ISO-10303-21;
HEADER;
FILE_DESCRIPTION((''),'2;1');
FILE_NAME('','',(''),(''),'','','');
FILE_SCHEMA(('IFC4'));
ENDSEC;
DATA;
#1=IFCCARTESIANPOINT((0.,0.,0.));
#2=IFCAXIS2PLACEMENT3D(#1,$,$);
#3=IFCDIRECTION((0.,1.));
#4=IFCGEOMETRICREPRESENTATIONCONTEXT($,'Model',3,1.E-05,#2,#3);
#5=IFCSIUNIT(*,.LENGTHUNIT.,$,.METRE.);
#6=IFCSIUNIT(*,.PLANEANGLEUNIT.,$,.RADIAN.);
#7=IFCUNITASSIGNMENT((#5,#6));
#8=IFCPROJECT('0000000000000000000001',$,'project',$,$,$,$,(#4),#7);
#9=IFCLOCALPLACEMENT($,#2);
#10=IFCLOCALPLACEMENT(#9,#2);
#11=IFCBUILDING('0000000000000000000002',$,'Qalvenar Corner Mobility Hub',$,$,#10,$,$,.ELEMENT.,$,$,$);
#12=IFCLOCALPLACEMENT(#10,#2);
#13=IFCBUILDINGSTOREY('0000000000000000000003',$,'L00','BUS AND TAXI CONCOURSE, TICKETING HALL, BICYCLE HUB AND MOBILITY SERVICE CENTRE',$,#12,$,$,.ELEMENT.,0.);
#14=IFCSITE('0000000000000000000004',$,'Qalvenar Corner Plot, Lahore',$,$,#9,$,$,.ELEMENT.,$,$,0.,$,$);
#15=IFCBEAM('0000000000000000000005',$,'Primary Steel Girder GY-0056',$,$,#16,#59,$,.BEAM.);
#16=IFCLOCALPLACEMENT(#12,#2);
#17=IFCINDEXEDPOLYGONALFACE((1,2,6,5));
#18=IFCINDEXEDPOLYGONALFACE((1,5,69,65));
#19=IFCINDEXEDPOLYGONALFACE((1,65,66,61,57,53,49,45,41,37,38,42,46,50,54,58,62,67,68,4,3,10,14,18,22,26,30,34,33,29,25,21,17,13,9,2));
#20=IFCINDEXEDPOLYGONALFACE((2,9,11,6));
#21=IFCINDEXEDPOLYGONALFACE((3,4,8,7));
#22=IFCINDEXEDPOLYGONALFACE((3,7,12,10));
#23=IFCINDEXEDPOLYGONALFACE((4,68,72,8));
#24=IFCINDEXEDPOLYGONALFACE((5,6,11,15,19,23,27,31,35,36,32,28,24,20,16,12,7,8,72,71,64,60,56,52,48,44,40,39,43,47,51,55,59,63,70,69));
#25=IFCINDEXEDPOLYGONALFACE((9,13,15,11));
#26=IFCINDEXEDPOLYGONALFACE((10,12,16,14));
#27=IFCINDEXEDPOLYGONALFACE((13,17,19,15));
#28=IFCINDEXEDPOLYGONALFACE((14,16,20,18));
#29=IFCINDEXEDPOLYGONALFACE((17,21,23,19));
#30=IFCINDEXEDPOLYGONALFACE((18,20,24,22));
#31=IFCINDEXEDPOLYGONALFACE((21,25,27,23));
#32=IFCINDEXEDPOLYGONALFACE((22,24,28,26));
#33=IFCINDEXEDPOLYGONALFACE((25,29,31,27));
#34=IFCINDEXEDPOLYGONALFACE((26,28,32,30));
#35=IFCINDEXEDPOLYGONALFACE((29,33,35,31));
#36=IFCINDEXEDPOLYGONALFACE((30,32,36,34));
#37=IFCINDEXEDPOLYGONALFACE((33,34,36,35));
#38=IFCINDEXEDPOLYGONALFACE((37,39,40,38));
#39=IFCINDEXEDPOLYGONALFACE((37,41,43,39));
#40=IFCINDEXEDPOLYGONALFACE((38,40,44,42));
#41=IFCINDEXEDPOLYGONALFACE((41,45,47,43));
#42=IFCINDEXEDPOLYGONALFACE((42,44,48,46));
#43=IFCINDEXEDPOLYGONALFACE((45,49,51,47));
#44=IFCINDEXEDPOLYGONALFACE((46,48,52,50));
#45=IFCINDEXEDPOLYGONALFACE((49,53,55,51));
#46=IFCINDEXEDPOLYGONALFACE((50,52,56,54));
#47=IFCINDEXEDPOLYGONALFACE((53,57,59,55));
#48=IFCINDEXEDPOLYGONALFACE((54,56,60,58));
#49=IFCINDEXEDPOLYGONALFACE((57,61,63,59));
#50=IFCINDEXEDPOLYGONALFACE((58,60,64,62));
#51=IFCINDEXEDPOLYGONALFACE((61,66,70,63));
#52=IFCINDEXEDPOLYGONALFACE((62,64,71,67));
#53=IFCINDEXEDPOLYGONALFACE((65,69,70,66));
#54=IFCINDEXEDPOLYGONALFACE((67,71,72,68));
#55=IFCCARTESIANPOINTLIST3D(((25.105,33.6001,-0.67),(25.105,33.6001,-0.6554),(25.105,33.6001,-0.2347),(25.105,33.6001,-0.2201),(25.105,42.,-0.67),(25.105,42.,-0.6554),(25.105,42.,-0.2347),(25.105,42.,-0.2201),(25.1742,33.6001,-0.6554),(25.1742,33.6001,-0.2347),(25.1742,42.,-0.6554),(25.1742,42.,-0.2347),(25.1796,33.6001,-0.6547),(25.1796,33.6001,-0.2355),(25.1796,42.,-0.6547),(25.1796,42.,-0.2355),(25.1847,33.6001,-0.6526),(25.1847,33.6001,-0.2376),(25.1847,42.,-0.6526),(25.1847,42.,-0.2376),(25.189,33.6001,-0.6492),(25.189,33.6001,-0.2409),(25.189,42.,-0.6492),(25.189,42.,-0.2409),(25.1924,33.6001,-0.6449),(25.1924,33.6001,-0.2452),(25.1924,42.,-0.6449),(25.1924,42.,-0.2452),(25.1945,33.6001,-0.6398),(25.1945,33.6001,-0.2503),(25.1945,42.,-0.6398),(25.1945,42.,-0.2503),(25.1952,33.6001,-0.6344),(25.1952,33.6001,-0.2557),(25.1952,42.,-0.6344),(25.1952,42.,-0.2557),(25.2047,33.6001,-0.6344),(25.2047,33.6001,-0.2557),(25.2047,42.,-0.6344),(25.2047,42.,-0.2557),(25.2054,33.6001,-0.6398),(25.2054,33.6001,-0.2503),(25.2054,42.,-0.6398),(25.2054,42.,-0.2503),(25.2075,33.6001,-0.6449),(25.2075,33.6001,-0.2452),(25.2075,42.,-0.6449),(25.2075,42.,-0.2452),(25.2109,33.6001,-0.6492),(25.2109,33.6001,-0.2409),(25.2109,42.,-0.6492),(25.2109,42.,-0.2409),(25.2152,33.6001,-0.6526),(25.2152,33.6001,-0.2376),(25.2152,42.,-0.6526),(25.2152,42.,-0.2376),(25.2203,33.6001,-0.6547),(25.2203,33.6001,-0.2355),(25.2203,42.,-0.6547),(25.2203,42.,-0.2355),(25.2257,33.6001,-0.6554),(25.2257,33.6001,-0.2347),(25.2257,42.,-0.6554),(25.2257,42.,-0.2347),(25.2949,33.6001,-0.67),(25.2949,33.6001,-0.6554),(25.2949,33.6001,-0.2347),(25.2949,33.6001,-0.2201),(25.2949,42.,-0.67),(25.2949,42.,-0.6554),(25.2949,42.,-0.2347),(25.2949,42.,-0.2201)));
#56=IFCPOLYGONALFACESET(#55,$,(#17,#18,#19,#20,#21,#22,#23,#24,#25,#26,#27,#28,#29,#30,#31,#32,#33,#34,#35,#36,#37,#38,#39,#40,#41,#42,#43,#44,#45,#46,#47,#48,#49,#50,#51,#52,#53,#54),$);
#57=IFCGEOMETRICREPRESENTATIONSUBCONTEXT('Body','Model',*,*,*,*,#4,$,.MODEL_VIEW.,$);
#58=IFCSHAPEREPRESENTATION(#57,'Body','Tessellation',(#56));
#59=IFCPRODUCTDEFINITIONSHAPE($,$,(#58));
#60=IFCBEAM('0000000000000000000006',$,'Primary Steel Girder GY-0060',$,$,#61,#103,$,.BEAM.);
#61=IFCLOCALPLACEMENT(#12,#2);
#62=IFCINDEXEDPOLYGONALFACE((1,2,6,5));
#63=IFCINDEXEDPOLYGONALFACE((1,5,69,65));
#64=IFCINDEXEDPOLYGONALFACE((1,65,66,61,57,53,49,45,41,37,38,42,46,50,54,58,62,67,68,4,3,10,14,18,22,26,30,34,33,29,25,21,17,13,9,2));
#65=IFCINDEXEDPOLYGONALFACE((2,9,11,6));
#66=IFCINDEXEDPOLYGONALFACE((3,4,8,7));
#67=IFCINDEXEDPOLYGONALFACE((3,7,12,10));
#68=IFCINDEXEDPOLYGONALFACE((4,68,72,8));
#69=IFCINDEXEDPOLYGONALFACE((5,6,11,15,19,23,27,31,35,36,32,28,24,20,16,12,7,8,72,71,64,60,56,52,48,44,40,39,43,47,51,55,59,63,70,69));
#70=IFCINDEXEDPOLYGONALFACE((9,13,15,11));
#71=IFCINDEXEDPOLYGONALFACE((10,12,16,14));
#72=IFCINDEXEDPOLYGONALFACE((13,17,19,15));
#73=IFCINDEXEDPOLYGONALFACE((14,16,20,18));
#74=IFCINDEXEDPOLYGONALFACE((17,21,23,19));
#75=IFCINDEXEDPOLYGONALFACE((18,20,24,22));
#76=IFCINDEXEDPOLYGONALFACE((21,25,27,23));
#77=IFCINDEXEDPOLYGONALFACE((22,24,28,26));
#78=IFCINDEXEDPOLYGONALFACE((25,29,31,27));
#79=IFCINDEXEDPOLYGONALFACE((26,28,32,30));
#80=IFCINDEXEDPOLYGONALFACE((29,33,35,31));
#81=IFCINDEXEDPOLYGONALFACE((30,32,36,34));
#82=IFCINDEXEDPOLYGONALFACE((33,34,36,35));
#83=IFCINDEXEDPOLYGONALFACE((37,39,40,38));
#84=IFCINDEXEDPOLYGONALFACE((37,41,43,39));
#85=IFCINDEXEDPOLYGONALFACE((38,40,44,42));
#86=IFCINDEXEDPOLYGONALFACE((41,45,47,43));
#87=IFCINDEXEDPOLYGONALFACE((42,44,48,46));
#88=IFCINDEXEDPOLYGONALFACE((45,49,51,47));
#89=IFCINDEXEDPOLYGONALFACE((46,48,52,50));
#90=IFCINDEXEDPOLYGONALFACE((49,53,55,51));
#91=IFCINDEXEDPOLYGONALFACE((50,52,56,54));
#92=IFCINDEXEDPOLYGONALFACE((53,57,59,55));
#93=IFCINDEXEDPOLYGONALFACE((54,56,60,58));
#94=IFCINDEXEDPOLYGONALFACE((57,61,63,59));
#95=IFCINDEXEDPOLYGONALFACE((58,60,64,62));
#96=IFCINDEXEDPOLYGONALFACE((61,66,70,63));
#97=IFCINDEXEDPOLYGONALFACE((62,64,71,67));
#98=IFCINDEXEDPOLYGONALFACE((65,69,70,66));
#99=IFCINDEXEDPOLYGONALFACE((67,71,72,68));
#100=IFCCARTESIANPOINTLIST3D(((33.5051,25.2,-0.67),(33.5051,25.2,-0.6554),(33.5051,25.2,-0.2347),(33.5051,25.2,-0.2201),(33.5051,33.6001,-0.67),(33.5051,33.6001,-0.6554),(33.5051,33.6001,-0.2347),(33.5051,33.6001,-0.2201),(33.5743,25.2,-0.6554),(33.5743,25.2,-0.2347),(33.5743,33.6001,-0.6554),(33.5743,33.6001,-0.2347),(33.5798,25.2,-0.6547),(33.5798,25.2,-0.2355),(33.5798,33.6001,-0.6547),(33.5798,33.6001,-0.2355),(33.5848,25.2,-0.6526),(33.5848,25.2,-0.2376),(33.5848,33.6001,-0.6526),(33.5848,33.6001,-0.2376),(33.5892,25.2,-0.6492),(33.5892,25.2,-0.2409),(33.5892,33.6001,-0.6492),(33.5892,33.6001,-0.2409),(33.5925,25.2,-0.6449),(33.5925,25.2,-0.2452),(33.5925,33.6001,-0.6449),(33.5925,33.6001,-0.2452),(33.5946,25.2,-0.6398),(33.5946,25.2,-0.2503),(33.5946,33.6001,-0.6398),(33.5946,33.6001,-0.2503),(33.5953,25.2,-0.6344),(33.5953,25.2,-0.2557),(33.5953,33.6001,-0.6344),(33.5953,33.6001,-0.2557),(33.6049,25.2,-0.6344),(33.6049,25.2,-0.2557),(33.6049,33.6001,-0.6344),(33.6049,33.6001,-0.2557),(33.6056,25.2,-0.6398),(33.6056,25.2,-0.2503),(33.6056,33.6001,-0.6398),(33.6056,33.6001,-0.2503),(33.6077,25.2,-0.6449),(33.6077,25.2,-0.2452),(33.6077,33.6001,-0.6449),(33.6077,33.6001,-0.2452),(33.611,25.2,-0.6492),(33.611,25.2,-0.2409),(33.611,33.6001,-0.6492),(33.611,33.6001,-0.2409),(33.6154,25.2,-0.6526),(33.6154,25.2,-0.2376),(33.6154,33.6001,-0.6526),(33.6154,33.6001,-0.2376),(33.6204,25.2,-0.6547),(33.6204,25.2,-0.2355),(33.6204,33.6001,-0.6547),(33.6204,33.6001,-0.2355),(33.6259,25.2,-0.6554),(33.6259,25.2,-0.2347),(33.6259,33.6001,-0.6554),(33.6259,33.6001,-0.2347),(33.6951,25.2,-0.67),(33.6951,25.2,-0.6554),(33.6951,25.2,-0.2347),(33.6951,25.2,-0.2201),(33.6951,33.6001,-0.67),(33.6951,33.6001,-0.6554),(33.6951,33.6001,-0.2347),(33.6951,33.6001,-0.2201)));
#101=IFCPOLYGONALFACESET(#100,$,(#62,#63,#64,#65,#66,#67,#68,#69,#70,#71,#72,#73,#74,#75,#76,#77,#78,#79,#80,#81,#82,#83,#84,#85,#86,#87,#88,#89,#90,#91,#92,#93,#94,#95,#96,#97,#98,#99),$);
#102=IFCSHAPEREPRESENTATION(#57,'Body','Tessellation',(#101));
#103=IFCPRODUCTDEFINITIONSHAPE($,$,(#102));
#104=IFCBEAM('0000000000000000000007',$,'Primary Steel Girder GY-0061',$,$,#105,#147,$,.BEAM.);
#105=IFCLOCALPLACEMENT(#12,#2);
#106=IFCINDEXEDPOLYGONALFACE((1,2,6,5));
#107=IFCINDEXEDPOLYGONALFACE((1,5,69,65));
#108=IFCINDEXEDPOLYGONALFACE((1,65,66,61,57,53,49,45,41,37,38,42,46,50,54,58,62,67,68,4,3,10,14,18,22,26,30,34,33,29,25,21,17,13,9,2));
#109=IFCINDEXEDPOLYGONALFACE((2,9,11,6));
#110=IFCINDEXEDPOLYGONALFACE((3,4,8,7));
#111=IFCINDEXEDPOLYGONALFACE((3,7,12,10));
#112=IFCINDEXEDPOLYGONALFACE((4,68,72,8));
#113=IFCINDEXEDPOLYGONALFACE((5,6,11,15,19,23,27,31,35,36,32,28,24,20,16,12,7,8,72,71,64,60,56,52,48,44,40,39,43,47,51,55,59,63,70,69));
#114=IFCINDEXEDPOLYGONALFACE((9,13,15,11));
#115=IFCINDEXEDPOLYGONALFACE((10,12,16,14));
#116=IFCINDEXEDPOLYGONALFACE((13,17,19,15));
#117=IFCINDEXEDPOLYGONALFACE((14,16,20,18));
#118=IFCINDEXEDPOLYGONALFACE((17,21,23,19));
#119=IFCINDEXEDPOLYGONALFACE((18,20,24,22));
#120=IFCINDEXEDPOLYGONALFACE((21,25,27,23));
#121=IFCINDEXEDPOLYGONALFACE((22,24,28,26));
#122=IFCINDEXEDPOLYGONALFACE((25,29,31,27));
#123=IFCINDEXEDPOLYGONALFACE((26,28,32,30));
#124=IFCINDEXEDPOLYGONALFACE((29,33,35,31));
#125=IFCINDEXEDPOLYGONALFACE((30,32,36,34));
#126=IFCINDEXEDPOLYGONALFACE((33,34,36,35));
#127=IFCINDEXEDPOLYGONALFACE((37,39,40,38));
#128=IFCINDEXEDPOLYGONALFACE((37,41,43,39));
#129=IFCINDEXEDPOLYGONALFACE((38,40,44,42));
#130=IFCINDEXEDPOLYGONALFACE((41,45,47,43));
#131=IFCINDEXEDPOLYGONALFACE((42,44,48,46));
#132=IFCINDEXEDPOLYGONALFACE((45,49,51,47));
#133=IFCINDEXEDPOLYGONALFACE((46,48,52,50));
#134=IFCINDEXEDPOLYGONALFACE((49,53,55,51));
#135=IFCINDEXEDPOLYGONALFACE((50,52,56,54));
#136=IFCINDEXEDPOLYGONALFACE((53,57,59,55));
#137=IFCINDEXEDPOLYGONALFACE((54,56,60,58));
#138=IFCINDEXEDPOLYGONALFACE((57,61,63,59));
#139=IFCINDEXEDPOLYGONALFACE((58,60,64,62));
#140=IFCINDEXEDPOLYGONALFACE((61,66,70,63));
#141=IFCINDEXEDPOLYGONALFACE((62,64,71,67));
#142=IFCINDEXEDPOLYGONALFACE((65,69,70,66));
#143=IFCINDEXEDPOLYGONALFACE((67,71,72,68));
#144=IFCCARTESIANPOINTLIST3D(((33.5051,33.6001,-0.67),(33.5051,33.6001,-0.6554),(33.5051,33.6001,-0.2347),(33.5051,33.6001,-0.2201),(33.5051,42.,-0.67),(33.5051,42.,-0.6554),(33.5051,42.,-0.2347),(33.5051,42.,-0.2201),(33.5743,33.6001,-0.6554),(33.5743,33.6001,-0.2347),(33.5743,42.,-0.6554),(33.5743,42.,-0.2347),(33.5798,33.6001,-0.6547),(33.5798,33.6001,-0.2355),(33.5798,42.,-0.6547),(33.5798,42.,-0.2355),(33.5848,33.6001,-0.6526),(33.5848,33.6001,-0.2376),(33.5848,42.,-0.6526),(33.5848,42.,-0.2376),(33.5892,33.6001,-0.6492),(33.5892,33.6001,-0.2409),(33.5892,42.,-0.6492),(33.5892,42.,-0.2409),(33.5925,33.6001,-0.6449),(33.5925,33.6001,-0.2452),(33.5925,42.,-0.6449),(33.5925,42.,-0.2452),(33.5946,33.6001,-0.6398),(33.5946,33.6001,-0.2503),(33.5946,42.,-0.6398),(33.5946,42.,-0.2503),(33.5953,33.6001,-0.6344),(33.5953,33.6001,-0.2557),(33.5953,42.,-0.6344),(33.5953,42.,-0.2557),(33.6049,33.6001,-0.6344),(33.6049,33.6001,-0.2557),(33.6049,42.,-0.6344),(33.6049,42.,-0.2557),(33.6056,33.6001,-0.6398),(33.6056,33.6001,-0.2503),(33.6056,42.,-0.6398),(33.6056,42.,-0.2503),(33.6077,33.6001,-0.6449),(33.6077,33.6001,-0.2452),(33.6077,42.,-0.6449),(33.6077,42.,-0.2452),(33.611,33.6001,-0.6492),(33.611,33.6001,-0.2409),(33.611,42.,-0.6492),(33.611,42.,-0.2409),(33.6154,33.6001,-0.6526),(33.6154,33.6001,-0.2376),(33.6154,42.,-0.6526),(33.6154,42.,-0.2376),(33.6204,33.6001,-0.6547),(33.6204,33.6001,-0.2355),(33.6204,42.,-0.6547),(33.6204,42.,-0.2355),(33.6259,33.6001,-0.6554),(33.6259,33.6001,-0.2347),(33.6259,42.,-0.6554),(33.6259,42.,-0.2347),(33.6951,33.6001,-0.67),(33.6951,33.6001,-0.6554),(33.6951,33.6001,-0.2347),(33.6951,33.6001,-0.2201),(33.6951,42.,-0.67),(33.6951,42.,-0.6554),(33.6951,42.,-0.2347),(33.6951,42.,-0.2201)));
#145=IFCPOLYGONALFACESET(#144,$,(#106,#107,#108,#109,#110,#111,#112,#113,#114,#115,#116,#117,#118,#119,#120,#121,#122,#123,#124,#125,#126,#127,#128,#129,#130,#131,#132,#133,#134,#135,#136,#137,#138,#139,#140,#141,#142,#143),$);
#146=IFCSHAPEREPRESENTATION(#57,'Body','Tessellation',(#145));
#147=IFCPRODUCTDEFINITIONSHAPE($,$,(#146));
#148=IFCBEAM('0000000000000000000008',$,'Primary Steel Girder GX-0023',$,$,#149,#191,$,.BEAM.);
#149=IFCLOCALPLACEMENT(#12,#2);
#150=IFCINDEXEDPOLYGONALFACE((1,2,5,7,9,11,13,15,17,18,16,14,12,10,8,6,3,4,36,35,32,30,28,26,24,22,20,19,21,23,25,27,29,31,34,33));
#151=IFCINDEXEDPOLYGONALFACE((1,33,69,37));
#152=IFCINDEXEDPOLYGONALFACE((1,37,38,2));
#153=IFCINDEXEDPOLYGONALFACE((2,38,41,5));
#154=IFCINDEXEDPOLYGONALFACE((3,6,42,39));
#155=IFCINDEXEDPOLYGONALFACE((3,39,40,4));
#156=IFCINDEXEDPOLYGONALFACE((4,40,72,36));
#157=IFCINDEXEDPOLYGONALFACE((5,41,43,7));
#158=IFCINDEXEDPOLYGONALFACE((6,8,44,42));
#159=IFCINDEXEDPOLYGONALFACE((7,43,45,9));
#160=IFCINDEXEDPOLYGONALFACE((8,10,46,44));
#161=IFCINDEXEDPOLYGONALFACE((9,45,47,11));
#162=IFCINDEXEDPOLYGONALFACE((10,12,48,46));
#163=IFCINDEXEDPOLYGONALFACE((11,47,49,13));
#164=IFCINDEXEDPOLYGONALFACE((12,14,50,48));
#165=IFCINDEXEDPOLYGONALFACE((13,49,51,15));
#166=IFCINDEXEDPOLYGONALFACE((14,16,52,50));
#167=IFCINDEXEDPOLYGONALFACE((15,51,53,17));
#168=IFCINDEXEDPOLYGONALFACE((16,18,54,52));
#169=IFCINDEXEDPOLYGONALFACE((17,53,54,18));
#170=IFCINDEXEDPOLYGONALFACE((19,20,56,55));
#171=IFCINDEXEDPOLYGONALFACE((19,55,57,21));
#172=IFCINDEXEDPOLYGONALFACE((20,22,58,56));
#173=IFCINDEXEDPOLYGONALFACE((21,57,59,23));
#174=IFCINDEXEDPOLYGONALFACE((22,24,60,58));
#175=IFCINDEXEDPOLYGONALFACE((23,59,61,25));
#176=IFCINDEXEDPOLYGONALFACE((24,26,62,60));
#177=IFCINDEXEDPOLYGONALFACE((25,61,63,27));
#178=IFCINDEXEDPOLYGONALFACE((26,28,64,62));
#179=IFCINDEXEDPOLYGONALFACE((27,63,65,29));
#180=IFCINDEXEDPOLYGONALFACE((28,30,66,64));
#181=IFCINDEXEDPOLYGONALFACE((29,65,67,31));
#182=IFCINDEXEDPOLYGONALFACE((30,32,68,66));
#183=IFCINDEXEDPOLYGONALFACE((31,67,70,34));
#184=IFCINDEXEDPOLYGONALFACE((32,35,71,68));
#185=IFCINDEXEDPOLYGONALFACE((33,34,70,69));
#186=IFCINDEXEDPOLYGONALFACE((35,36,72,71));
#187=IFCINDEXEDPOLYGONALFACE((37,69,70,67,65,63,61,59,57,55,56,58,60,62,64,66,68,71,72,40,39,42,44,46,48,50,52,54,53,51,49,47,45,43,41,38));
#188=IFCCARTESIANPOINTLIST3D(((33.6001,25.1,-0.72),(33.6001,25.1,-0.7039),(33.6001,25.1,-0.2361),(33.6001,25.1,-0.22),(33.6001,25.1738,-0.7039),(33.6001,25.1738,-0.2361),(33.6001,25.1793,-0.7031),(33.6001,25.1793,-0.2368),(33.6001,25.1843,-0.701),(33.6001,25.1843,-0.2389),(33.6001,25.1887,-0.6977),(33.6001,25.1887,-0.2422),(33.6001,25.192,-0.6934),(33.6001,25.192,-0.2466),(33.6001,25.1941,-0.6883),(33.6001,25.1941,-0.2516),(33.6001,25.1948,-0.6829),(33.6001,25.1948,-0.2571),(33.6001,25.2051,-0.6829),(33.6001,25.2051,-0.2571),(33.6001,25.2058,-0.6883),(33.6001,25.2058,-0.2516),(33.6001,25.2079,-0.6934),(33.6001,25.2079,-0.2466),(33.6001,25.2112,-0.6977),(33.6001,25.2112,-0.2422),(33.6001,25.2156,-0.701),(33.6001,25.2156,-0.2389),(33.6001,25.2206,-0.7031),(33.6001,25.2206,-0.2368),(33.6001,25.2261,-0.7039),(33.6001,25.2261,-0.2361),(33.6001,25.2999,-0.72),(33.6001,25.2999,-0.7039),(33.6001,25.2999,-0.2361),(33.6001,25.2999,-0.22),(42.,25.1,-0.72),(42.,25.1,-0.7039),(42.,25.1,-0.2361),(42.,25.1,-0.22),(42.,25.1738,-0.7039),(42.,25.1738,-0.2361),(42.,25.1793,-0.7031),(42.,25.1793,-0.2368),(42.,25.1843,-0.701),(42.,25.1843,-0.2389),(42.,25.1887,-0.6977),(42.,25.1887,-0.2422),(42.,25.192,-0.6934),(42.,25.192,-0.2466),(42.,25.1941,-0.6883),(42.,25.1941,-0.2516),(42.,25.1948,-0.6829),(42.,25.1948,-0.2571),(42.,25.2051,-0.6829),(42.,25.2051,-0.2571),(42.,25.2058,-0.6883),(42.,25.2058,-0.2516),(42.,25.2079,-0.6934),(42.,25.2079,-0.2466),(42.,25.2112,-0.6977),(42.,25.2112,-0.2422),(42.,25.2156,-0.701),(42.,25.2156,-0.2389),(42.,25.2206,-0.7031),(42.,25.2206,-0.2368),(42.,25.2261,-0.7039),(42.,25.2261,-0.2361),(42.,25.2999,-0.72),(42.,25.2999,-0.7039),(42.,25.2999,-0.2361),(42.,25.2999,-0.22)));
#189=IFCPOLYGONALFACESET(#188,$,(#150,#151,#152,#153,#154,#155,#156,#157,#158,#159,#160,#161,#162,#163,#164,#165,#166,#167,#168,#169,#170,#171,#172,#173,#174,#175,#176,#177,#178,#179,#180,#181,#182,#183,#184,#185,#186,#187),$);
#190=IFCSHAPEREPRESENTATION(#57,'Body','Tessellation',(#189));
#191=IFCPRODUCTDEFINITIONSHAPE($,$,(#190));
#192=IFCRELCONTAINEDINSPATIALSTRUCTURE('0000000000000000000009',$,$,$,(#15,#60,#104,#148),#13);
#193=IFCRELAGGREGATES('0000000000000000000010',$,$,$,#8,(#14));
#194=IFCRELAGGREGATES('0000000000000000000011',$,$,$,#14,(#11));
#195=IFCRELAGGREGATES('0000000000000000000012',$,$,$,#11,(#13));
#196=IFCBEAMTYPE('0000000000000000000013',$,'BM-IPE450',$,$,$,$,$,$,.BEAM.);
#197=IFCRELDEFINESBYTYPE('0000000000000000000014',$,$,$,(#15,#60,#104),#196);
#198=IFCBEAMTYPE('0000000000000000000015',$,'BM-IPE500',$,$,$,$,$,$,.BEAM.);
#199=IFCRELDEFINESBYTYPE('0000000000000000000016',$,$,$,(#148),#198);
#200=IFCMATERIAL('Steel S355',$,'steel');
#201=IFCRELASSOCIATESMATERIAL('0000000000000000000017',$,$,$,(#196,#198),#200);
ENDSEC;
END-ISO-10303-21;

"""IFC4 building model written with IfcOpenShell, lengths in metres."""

from ifc_helpers import new_model, si_unit, direction, frame, origin, origin_2d, place, context, subcontext, project, spatial, i_section, extrude, material, material_profile, profile_set, type_object, element, save


model = new_model("IFC4")

# Units and contexts
model_context = context("Model", 3, precision=1e-05, world=origin(), true_north=direction((0.0, 1.0)))
body_context = subcontext(model_context, "Body", "Model", "MODEL_VIEW")
ifc_project = project(units=[si_unit("LENGTHUNIT", "METRE"), si_unit("PLANEANGLEUNIT", "RADIAN")], contexts=[model_context])

# Site, building, storey
site_placement = place(None, origin())
site = spatial("IfcSite", under=ifc_project, at=site_placement, Name="Qalvenar Corner Plot, Lahore", CompositionType="ELEMENT", RefElevation=0.0)
building_placement = place(site_placement, origin())
building = spatial("IfcBuilding", under=site, at=building_placement, Name="Qalvenar Corner Mobility Hub", CompositionType="ELEMENT")
storey_placement = place(building_placement, origin())
storey = spatial("IfcBuildingStorey", under=building, at=storey_placement, Name="L00", Description="BUS AND TAXI CONCOURSE, TICKETING HALL, BICYCLE HUB AND MOBILITY SERVICE CENTRE", CompositionType="ELEMENT", Elevation=0.0)

# Shared definitions
ifc_material_1 = material(Name="Steel S355", Category="steel")

# Beams
ifc_material_profile_1 = material_profile(ifc_material_1, i_section(OverallWidth=0.1899, OverallDepth=0.45, WebThickness=0.0095, FlangeThickness=0.0146, FilletRadius=0.021, at=origin_2d()), Name="IPE450")
ifc_profile_set_1 = profile_set([ifc_material_profile_1], Name="Steel S355")
beam_type_1 = type_object("IfcBeamType", Name="BM-IPE450", PredefinedType="BEAM", material=ifc_profile_set_1)
beam_1_placement = place(storey_placement, frame((25.2, 33.6001, -0.4451), z_axis=(0.0, 1.0, 0.0), x_axis=(-1.0, 0.0, 0.0)))
element("IfcBeam", 1, at=beam_1_placement, inside=storey, type_object=beam_type_1, Name="Primary Steel Girder GY-0056", PredefinedType="BEAM", context=body_context, shape_type="SweptSolid", body=[
    extrude(i_section(OverallWidth=0.1899, OverallDepth=0.45, WebThickness=0.0095, FlangeThickness=0.0146, FilletRadius=0.021, at=origin_2d()), origin(), (0.0, 0.0, 1.0), 8.3999),
])
beam_2_placement = place(storey_placement, frame((33.6001, 25.2, -0.4451), z_axis=(0.0, 1.0, 0.0), x_axis=(-1.0, 0.0, 0.0)))
element("IfcBeam", 2, at=beam_2_placement, inside=storey, type_object=beam_type_1, Name="Primary Steel Girder GY-0060", PredefinedType="BEAM", context=body_context, shape_type="SweptSolid", body=[
    extrude(i_section(OverallWidth=0.1899, OverallDepth=0.45, WebThickness=0.0095, FlangeThickness=0.0146, FilletRadius=0.021, at=origin_2d()), origin(), (0.0, 0.0, 1.0), 8.4001),
])
beam_3_placement = place(storey_placement, frame((33.6001, 33.6001, -0.4451), z_axis=(0.0, 1.0, 0.0), x_axis=(-1.0, 0.0, 0.0)))
element("IfcBeam", 3, at=beam_3_placement, inside=storey, type_object=beam_type_1, Name="Primary Steel Girder GY-0061", PredefinedType="BEAM", context=body_context, shape_type="SweptSolid", body=[
    extrude(i_section(OverallWidth=0.1899, OverallDepth=0.45, WebThickness=0.0095, FlangeThickness=0.0146, FilletRadius=0.021, at=origin_2d()), origin(), (0.0, 0.0, 1.0), 8.3999),
])
ifc_material_profile_2 = material_profile(ifc_material_1, i_section(OverallWidth=0.2, OverallDepth=0.5, WebThickness=0.0103, FlangeThickness=0.0161, FilletRadius=0.021, at=origin_2d()), Name="IPE500")
ifc_profile_set_2 = profile_set([ifc_material_profile_2], Name="Steel S355")
beam_type_2 = type_object("IfcBeamType", Name="BM-IPE500", PredefinedType="BEAM", material=ifc_profile_set_2)
beam_4_placement = place(storey_placement, frame((33.6001, 25.2, -0.47), z_axis=(1.0, 0.0, 0.0), x_axis=(0.0, 1.0, 0.0)))
element("IfcBeam", 4, at=beam_4_placement, inside=storey, type_object=beam_type_2, Name="Primary Steel Girder GX-0023", PredefinedType="BEAM", context=body_context, shape_type="SweptSolid", body=[
    extrude(i_section(OverallWidth=0.2, OverallDepth=0.5, WebThickness=0.0103, FlangeThickness=0.0161, FilletRadius=0.021, at=origin_2d()), origin(), (0.0, 0.0, 1.0), 8.3999),
])

save(model, "model.ifc")
